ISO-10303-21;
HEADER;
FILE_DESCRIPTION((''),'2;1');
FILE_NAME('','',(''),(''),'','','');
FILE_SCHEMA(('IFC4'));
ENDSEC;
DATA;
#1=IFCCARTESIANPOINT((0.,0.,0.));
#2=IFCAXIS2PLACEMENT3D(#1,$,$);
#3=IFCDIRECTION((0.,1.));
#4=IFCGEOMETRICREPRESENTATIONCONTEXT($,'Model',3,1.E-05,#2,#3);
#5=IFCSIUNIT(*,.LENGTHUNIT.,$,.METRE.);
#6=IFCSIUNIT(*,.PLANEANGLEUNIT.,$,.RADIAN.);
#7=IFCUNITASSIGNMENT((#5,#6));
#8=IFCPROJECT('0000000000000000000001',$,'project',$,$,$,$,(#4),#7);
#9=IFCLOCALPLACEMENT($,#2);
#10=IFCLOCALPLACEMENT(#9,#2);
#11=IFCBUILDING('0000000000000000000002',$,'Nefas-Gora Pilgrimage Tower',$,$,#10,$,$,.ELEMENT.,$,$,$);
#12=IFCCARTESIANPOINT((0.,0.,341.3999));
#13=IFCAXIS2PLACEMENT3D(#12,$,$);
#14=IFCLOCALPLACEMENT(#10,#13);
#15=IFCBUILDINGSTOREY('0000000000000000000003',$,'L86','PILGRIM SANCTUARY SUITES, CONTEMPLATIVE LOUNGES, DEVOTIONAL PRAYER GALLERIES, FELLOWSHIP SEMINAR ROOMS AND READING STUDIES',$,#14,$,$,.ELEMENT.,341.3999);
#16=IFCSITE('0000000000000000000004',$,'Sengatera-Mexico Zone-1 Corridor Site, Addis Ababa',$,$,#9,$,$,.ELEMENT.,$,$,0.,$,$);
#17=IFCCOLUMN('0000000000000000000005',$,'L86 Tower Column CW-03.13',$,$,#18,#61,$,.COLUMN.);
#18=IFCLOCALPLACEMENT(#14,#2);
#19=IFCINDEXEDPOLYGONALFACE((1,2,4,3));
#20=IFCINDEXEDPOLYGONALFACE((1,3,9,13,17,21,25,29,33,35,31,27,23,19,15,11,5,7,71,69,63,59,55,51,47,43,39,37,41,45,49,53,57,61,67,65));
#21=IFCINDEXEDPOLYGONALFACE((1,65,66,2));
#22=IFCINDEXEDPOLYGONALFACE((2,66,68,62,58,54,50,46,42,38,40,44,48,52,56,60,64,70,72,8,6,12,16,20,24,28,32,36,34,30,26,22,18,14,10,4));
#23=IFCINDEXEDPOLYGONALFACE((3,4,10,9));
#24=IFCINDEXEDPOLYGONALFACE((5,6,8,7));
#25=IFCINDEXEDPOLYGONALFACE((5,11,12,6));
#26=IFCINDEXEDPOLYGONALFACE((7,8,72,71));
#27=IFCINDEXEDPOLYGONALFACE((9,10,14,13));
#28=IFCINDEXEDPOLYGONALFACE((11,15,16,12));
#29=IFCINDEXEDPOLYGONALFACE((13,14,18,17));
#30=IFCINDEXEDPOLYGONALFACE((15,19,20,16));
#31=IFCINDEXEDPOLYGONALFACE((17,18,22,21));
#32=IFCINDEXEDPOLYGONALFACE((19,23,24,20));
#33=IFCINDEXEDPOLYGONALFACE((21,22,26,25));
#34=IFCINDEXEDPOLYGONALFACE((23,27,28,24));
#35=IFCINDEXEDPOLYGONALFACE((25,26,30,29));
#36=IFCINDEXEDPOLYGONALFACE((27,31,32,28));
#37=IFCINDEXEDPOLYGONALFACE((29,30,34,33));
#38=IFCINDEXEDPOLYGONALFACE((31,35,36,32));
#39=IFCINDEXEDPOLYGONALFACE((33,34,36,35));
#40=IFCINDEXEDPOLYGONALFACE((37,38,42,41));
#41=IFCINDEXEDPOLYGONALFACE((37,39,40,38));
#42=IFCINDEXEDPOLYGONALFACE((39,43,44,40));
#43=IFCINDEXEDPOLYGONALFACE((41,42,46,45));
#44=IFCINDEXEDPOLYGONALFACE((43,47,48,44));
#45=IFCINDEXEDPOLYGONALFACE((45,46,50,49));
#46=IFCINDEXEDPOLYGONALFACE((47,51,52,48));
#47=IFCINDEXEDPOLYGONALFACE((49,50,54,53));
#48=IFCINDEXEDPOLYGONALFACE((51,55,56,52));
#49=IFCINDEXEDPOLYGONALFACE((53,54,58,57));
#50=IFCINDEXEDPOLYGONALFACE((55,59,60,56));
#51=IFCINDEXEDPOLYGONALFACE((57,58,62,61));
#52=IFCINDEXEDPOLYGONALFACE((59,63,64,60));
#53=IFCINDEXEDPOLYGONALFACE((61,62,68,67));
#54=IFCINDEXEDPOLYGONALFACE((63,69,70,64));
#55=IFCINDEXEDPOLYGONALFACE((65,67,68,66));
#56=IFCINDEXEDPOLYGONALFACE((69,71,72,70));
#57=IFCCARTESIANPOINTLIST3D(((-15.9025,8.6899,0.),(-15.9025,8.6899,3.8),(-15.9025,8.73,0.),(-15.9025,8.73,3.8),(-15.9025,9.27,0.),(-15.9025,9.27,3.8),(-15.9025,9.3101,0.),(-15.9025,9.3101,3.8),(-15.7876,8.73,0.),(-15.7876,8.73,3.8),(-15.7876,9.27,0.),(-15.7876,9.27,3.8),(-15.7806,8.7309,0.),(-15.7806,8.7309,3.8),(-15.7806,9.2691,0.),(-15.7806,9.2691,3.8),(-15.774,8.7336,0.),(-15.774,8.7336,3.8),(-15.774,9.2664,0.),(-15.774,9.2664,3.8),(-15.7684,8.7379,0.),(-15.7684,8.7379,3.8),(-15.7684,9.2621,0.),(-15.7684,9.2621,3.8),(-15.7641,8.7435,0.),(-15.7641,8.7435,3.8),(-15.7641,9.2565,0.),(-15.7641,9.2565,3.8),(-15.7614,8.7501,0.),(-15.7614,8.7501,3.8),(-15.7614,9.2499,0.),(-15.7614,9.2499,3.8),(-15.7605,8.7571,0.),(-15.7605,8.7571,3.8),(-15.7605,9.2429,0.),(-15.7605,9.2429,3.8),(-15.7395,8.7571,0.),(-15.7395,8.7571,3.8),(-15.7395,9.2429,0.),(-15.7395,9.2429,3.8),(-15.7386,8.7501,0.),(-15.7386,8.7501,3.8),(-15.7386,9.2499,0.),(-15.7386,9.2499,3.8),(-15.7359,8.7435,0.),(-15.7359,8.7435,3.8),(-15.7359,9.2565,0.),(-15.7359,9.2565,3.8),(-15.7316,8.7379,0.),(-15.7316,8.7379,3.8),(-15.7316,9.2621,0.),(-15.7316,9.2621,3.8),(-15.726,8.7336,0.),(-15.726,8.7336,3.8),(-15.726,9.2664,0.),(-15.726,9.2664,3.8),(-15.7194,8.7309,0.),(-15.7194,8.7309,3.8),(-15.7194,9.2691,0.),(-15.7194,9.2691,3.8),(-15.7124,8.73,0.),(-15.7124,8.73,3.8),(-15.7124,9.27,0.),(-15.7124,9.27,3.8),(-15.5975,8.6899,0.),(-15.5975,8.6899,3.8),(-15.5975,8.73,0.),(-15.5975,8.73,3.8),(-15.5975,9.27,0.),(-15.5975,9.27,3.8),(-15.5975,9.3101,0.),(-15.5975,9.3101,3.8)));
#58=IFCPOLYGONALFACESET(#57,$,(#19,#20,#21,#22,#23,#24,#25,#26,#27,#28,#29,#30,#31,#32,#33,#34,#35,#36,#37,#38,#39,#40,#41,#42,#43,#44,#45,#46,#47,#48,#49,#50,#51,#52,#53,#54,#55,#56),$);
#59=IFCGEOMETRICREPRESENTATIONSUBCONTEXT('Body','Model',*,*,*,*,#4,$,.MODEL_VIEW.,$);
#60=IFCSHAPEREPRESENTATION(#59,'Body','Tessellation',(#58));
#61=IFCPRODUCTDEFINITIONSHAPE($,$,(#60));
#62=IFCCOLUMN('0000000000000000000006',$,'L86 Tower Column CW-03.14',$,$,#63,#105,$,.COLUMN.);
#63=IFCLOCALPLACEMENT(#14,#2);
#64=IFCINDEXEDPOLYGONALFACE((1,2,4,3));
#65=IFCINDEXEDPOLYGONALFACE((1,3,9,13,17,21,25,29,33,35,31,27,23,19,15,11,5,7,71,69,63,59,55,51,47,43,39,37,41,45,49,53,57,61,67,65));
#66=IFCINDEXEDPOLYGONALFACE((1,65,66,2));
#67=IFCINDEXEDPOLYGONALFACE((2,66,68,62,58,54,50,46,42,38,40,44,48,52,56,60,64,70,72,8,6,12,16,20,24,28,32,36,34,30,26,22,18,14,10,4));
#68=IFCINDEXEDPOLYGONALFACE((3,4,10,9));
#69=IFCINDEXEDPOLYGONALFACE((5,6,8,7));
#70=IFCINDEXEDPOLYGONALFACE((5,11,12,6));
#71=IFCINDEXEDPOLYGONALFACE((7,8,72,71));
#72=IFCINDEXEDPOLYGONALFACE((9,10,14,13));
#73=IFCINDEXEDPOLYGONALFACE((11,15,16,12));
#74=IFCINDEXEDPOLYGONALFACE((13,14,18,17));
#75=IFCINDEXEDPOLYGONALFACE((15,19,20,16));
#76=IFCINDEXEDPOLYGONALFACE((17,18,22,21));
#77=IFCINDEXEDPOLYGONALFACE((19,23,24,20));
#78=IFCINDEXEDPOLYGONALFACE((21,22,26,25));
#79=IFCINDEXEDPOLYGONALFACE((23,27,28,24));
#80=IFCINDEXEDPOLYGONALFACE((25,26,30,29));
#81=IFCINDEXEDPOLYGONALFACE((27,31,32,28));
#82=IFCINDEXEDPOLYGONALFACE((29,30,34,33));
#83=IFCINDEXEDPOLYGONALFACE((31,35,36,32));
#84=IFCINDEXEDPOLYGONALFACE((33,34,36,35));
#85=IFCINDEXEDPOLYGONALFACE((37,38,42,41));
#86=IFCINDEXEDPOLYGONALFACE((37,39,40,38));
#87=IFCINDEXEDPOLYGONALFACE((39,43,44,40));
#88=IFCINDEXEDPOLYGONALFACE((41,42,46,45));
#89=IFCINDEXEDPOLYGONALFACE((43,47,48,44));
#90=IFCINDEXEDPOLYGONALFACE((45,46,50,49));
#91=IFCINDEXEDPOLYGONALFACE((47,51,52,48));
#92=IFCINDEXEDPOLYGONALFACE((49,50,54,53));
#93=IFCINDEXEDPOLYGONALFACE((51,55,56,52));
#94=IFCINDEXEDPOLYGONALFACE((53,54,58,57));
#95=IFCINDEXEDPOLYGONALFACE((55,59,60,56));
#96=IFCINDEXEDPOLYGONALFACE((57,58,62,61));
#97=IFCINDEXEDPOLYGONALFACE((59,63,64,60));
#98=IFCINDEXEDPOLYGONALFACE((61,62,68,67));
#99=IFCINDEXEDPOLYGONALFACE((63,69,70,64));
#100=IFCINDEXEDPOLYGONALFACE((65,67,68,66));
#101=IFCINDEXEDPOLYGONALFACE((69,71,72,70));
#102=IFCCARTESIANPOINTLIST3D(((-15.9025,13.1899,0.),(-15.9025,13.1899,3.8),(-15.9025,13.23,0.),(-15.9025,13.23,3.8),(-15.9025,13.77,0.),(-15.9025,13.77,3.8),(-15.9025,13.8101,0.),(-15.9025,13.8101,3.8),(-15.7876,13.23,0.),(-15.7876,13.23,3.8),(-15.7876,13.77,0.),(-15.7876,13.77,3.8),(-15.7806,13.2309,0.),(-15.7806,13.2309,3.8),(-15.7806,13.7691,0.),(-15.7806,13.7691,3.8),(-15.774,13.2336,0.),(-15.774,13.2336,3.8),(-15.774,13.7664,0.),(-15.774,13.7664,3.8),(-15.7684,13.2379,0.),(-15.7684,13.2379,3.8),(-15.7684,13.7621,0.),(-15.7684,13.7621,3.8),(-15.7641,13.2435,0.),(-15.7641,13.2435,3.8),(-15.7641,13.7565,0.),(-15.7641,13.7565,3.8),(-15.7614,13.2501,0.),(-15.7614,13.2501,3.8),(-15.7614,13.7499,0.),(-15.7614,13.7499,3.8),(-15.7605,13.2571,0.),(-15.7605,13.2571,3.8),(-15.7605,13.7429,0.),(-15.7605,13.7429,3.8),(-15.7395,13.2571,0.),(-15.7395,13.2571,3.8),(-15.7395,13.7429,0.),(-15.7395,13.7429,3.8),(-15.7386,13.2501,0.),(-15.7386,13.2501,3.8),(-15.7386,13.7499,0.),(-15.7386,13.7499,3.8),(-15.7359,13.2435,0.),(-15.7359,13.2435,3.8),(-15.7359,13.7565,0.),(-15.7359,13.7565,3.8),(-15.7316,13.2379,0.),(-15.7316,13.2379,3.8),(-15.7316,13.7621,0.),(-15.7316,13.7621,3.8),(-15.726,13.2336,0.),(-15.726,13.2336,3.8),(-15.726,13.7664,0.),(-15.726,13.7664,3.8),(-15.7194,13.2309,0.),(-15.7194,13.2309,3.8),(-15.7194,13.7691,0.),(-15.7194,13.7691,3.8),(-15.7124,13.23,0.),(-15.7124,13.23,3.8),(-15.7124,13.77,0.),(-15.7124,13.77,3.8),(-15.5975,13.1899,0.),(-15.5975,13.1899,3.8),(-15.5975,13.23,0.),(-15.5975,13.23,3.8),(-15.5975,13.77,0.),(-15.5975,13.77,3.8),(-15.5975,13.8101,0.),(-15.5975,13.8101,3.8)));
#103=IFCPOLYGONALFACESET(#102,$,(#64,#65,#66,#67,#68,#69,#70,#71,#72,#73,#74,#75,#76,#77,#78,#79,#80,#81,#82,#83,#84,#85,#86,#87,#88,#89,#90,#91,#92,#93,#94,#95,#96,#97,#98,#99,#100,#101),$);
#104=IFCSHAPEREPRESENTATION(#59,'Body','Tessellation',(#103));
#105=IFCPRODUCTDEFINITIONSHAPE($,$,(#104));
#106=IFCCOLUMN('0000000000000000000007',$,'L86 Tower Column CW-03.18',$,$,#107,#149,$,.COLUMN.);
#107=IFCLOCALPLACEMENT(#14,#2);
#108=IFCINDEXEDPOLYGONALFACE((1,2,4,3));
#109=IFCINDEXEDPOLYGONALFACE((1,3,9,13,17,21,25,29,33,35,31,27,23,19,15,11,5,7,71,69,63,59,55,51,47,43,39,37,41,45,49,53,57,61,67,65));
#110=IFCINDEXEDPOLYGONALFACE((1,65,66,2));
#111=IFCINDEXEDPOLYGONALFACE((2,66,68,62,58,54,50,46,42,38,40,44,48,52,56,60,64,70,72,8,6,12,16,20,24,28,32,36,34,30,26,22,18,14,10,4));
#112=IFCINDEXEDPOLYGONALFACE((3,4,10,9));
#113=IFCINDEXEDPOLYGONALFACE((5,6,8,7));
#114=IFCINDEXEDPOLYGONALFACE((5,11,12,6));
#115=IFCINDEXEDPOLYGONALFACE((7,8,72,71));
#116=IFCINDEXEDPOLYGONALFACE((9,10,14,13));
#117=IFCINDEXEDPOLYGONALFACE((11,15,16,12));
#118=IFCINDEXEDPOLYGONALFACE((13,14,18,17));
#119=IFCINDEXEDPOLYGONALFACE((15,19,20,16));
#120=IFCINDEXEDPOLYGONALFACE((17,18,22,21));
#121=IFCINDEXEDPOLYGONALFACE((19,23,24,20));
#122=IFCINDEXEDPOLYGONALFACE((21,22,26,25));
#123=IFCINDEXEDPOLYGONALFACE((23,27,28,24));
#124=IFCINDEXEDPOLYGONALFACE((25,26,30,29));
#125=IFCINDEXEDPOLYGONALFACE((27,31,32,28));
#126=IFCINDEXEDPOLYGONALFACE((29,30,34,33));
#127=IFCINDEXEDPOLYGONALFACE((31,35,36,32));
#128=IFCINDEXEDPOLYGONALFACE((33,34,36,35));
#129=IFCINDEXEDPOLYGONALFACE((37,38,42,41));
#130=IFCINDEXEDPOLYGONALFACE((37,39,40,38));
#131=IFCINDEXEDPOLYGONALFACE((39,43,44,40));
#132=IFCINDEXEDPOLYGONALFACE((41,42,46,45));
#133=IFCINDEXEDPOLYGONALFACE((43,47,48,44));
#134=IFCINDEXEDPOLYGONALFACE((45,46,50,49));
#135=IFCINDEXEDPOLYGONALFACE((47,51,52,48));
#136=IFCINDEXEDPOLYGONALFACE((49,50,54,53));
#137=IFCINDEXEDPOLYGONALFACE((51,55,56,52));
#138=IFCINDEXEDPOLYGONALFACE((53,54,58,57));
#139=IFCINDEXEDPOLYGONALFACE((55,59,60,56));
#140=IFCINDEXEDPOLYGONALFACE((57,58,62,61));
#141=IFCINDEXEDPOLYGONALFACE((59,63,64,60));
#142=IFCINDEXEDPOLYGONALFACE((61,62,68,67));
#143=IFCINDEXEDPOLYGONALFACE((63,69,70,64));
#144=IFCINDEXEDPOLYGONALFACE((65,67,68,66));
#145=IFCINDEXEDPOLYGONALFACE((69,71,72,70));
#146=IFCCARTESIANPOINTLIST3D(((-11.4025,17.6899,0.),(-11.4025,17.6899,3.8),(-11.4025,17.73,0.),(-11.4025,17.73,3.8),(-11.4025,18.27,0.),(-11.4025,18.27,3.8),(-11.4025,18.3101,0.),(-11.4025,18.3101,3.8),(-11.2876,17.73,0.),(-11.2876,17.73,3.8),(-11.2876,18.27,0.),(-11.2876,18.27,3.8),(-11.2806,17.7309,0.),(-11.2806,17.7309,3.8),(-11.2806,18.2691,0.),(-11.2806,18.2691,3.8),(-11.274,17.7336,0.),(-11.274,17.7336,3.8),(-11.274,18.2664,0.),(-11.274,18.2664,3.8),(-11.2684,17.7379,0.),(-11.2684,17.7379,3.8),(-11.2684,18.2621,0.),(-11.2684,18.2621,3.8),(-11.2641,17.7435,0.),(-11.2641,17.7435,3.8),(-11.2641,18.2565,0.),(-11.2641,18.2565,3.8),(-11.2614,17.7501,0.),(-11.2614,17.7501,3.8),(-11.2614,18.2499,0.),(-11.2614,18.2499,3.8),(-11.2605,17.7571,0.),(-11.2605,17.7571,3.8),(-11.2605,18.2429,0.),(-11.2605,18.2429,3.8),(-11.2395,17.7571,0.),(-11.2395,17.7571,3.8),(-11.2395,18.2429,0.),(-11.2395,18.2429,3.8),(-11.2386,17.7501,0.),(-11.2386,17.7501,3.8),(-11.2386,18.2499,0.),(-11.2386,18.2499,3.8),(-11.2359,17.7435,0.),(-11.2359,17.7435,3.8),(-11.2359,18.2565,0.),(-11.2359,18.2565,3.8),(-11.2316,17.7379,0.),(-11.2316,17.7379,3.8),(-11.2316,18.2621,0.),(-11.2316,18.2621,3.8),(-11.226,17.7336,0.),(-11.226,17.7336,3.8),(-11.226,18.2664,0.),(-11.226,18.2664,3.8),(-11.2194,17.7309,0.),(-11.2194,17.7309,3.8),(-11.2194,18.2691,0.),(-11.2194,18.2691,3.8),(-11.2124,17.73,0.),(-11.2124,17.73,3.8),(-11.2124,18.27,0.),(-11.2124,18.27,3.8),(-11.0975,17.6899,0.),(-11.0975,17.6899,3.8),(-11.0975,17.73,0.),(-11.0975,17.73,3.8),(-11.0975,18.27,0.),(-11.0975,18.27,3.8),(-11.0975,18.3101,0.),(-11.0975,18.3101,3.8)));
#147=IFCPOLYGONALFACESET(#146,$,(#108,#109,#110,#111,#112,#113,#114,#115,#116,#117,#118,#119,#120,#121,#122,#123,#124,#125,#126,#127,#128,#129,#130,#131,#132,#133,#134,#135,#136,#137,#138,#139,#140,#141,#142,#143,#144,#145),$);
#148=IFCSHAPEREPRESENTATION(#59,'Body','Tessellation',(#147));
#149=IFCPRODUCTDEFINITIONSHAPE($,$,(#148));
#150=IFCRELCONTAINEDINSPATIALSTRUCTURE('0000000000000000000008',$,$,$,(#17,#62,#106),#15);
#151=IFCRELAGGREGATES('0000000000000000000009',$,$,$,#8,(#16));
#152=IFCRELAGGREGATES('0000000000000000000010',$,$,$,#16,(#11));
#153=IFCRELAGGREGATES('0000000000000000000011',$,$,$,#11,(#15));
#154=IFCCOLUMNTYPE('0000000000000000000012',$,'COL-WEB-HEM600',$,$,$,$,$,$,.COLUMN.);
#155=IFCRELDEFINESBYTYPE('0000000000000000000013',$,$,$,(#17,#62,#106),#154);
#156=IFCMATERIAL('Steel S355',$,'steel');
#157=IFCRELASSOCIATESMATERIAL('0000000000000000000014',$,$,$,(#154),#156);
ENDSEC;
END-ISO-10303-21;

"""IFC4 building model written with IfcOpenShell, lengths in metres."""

from ifc_helpers import new_model, si_unit, direction, frame, origin, origin_2d, place, context, subcontext, project, spatial, i_section, extrude, source, transform, mapped, material, material_profile, profile_set, type_object, element, save


model = new_model("IFC4")

# Units and contexts
model_context = context("Model", 3, precision=1e-05, world=origin(), true_north=direction((0.0, 1.0)))
body_context = subcontext(model_context, "Body", "Model", "MODEL_VIEW")
ifc_project = project(units=[si_unit("LENGTHUNIT", "METRE"), si_unit("PLANEANGLEUNIT", "RADIAN")], contexts=[model_context])

# Site, building, storey
site_placement = place(None, origin())
site = spatial("IfcSite", under=ifc_project, at=site_placement, Name="Sengatera-Mexico Zone-1 Corridor Site, Addis Ababa", CompositionType="ELEMENT", RefElevation=0.0)
building_placement = place(site_placement, origin())
building = spatial("IfcBuilding", under=site, at=building_placement, Name="Nefas-Gora Pilgrimage Tower", CompositionType="ELEMENT")
storey_placement = place(building_placement, frame((0.0, 0.0, 341.3999)))
storey = spatial("IfcBuildingStorey", under=building, at=storey_placement, Name="L86", Description="PILGRIM SANCTUARY SUITES, CONTEMPLATIVE LOUNGES, DEVOTIONAL PRAYER GALLERIES, FELLOWSHIP SEMINAR ROOMS AND READING STUDIES", CompositionType="ELEMENT", Elevation=341.3999)

# Columns
ifc_material_1 = material(Name="Steel S355", Category="steel")
ifc_material_profile_1 = material_profile(ifc_material_1, i_section(OverallWidth=0.3049, OverallDepth=0.6201, WebThickness=0.021, FlangeThickness=0.04, FilletRadius=0.0271, at=origin_2d()), Name="HEM 600")
ifc_profile_set_1 = profile_set([ifc_material_profile_1], Name="Steel S355")
column_type_1 = type_object("IfcColumnType", Name="COL-WEB-HEM600", PredefinedType="COLUMN", material=ifc_profile_set_1)
shared_shape_1 = source(origin(), body_context, "Body", "SweptSolid", [
    extrude(i_section(OverallWidth=0.3049, OverallDepth=0.6201, WebThickness=0.021, FlangeThickness=0.04, FilletRadius=0.0271, at=origin_2d()), origin(), (0.0, 0.0, 1.0), 3.8),
])
for number, where, z_axis, x_axis, name in (
    (1, (-15.75, 9.0, 0.0), (0.0, 0.0, 1.0), (1.0, 0.0, 0.0), "L86 Tower Column CW-03.13"),
    (2, (-15.75, 13.5, 0.0), (0.0, 0.0, 1.0), (1.0, 0.0, 0.0), "L86 Tower Column CW-03.14"),
    (3, (-11.25, 18.0, 0.0), (0.0, 0.0, 1.0), (1.0, 0.0, 0.0), "L86 Tower Column CW-03.18"),
):
    element("IfcColumn", number, at=place(storey_placement, frame(where, z_axis=z_axis, x_axis=x_axis)), inside=storey, type_object=column_type_1, Name=name, PredefinedType="COLUMN", context=body_context, shape_type="MappedRepresentation", body=[
        mapped(shared_shape_1, transform((0.0, 0.0, 0.0), x_axis=(1.0, 0.0, 0.0), y_axis=(0.0, 1.0, 0.0), z_axis=(0.0, 0.0, 1.0), scale=1.0)),
    ])

save(model, "model.ifc")
